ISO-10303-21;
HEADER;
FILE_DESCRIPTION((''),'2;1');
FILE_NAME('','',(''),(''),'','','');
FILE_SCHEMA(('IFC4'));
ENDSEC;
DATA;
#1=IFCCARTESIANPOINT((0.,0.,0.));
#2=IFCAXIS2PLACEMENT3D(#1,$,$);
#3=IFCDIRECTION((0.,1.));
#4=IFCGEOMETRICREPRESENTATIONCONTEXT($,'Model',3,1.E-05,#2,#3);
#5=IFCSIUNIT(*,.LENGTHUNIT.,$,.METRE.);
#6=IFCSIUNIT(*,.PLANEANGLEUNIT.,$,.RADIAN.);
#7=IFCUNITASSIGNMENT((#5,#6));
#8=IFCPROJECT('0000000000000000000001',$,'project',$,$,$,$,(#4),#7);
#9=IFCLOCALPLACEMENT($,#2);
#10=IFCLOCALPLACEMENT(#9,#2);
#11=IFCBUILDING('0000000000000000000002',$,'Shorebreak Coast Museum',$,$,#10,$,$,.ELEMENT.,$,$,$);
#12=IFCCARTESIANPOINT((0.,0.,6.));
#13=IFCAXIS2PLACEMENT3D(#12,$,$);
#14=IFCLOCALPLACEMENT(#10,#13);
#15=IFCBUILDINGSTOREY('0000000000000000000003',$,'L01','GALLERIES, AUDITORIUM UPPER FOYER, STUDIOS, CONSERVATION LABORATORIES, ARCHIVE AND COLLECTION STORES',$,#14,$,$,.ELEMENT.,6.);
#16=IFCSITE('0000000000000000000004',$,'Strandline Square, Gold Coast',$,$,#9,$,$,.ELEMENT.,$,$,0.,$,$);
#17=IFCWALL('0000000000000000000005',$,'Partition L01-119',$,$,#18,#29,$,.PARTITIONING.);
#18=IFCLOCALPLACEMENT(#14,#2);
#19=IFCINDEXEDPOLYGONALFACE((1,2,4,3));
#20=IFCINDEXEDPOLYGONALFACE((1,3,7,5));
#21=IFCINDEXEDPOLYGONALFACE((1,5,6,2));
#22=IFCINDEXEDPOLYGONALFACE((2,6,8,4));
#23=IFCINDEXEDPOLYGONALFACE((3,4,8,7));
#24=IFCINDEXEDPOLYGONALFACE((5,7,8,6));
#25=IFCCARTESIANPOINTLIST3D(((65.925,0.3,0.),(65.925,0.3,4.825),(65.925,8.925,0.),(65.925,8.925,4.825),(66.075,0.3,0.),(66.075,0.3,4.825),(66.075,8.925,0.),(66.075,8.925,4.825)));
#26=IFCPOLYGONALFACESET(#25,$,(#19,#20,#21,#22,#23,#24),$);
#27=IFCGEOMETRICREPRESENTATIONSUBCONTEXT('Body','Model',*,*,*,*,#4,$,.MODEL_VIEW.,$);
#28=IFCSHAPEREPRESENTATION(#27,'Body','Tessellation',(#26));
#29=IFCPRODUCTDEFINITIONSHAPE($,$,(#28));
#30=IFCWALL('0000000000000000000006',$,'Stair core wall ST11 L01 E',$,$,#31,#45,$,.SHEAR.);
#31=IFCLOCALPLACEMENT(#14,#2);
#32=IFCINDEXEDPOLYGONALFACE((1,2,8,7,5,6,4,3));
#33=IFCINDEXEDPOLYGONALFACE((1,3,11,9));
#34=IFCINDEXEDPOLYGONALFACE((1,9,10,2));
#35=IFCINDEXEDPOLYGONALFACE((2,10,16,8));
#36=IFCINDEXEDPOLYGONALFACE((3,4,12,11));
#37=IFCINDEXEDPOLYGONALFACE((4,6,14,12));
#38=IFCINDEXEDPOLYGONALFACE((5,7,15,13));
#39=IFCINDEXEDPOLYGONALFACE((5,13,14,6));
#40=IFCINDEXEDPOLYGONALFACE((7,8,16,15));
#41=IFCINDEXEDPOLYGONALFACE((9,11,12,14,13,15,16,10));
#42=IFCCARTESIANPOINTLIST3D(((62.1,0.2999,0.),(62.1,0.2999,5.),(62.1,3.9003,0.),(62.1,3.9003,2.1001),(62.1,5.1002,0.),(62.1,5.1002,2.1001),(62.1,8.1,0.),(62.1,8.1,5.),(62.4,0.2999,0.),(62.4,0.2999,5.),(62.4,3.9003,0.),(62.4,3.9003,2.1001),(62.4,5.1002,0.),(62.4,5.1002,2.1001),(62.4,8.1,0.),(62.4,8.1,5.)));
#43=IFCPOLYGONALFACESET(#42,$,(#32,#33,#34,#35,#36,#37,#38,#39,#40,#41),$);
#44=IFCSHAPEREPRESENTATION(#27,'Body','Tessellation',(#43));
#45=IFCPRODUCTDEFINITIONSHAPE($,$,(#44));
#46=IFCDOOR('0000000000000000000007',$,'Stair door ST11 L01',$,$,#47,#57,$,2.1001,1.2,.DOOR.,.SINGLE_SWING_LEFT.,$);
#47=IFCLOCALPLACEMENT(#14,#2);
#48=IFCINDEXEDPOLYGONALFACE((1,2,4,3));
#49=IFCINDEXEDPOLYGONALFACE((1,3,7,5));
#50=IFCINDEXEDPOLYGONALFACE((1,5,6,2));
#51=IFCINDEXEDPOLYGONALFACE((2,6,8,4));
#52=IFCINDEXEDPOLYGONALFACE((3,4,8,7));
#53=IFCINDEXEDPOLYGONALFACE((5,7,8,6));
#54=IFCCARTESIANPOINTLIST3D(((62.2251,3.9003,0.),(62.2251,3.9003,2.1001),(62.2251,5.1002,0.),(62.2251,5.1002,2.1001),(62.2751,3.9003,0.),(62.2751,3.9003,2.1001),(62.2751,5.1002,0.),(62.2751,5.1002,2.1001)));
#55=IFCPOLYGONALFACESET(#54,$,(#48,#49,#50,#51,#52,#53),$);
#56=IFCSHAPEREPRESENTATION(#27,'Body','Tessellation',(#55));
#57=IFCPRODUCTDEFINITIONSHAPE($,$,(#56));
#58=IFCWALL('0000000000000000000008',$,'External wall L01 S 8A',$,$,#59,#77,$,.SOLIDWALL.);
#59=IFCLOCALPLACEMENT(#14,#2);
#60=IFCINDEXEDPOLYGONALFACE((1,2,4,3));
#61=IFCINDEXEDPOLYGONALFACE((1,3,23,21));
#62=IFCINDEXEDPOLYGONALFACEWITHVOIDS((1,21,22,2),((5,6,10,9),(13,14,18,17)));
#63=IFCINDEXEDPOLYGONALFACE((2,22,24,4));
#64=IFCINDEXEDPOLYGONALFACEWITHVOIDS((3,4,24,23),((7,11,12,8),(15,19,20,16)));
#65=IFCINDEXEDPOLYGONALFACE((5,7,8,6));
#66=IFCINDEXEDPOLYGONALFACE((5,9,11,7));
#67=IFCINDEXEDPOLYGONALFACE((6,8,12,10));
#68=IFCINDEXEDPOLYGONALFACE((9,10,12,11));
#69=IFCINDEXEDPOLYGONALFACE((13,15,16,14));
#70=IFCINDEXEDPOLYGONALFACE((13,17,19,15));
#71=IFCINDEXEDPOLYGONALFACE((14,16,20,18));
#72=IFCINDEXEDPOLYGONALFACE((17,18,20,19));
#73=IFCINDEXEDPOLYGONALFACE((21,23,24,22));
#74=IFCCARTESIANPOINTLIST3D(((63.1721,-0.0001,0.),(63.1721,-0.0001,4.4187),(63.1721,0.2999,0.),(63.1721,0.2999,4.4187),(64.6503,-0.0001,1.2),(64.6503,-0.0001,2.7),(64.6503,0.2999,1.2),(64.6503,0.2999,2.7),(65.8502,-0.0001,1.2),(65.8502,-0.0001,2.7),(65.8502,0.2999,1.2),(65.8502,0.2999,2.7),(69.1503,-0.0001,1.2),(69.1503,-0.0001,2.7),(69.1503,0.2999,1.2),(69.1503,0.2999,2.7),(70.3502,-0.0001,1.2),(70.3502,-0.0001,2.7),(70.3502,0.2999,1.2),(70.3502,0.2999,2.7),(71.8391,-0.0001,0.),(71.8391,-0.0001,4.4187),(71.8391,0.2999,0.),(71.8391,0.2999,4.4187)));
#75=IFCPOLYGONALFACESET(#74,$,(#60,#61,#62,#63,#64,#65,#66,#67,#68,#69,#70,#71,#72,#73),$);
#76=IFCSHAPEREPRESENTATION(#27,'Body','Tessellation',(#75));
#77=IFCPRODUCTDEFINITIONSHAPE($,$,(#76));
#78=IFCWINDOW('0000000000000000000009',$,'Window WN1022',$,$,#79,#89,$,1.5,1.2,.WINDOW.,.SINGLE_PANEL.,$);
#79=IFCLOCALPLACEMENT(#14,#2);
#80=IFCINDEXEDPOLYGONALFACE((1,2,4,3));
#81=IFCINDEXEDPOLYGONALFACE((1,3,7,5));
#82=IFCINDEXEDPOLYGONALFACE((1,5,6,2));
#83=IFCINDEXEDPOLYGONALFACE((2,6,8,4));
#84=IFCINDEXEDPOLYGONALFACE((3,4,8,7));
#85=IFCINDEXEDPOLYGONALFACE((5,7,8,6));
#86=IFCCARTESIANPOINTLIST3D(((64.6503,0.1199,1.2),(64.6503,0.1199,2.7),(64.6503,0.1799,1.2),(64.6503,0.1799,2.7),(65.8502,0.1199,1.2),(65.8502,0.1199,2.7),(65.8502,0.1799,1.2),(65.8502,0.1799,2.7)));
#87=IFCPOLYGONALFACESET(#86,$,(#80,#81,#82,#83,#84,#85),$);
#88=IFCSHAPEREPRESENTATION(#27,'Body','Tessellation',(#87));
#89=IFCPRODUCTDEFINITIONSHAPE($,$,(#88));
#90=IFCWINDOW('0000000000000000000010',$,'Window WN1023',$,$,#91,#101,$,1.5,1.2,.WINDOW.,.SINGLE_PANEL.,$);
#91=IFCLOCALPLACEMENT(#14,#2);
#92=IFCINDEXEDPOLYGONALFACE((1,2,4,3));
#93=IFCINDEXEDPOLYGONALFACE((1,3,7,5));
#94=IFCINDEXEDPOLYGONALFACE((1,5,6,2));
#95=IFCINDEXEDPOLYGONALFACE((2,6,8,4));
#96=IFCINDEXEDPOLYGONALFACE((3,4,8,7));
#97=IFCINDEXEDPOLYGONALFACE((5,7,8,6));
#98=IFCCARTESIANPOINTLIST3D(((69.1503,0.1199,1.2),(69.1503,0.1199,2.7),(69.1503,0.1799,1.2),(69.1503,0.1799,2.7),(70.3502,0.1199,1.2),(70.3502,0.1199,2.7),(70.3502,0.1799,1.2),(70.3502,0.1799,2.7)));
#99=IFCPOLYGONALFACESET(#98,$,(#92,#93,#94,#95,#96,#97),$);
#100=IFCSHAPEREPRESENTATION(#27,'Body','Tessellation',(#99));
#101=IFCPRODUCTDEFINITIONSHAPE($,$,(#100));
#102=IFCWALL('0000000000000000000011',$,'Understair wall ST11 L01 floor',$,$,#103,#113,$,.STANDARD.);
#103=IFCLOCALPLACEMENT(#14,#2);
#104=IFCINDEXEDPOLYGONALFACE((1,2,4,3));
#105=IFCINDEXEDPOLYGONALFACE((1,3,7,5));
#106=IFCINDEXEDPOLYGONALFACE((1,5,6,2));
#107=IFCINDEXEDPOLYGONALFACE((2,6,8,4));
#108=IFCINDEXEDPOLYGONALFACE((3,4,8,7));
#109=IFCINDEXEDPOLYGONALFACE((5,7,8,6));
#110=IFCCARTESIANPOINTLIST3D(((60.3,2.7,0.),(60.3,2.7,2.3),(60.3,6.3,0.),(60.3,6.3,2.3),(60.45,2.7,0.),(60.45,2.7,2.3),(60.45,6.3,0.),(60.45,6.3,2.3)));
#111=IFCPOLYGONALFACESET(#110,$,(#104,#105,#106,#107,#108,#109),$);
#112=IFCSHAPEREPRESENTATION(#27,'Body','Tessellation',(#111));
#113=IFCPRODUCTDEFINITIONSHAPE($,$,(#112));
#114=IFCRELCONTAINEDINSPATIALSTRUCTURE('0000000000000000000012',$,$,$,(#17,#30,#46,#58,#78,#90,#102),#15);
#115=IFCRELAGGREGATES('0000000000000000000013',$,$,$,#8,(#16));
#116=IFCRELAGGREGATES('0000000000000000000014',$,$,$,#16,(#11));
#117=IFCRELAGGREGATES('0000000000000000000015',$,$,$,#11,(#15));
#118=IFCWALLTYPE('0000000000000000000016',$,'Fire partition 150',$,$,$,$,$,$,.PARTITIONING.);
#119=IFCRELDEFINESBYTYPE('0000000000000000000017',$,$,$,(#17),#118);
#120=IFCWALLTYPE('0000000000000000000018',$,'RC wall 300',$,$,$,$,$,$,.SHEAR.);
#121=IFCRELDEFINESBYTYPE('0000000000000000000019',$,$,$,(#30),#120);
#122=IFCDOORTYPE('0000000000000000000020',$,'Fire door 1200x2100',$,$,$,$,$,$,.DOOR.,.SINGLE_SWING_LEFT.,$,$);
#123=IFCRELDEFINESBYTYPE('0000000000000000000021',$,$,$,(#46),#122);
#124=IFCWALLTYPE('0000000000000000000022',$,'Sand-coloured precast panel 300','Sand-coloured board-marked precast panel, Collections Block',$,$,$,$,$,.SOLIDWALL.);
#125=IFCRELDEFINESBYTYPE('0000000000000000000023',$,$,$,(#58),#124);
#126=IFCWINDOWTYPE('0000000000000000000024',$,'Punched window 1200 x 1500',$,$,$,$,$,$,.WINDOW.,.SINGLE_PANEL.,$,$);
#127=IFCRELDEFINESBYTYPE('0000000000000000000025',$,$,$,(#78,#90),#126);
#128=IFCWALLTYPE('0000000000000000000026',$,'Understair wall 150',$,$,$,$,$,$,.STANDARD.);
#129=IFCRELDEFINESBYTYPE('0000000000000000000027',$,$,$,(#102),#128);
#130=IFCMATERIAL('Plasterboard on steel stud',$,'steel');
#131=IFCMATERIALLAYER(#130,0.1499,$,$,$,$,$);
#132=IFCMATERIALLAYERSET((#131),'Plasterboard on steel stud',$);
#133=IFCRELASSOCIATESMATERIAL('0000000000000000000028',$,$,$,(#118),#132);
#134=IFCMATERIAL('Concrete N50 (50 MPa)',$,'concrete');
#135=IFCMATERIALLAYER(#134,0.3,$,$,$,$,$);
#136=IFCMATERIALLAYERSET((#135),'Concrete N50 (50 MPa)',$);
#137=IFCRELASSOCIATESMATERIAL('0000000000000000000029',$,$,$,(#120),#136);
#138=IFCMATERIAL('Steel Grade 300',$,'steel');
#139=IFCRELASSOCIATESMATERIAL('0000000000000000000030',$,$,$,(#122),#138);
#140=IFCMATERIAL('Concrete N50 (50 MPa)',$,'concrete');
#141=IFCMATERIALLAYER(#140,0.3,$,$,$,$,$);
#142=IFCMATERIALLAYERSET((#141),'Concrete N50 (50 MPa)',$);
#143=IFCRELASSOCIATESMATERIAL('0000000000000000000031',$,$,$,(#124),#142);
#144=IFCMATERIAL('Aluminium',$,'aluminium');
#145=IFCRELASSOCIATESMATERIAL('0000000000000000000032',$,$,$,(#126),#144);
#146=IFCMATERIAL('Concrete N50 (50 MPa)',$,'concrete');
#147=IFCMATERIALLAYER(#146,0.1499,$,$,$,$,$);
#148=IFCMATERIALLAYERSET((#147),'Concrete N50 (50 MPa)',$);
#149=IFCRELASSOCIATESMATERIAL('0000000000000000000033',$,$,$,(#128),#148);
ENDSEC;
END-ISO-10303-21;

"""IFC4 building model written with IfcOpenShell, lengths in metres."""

from ifc_helpers import new_model, si_unit, direction, frame, frame_2d, origin, place, context, subcontext, project, spatial, rectangle, extrude, material, layer, layer_set, type_object, element, fill, save


model = new_model("IFC4")

# Units and contexts
model_context = context("Model", 3, precision=1e-05, world=origin(), true_north=direction((0.0, 1.0)))
body_context = subcontext(model_context, "Body", "Model", "MODEL_VIEW")
ifc_project = project(units=[si_unit("LENGTHUNIT", "METRE"), si_unit("PLANEANGLEUNIT", "RADIAN")], contexts=[model_context])

# Site, building, storey
site_placement = place(None, origin())
site = spatial("IfcSite", under=ifc_project, at=site_placement, Name="Strandline Square, Gold Coast", CompositionType="ELEMENT", RefElevation=0.0)
building_placement = place(site_placement, origin())
building = spatial("IfcBuilding", under=site, at=building_placement, Name="Shorebreak Coast Museum", CompositionType="ELEMENT")
storey_placement = place(building_placement, frame((0.0, 0.0, 6.0)))
storey = spatial("IfcBuildingStorey", under=building, at=storey_placement, Name="L01", Description="GALLERIES, AUDITORIUM UPPER FOYER, STUDIOS, CONSERVATION LABORATORIES, ARCHIVE AND COLLECTION STORES", CompositionType="ELEMENT", Elevation=6.0)

# Wall
ifc_material_1 = material(Name="Plasterboard on steel stud", Category="steel")
ifc_layer_1 = layer(ifc_material_1, 0.1499)
ifc_layer_set_1 = layer_set([ifc_layer_1], Name="Plasterboard on steel stud")
wall_type_1 = type_object("IfcWallType", Name="Fire partition 150", PredefinedType="PARTITIONING", material=ifc_layer_set_1)
wall_1_placement = place(storey_placement, frame((66.0, 0.3, 0.0), z_axis=(0.0, 0.0, 1.0), x_axis=(0.0, 1.0, 0.0)))
element("IfcWall", 1, at=wall_1_placement, inside=storey, type_object=wall_type_1, Name="Partition L01-119", PredefinedType="PARTITIONING", context=body_context, shape_type="SweptSolid", body=[
    extrude(rectangle(XDim=8.625, YDim=0.1499, at=frame_2d((4.3125, 0.0))), origin(), (0.0, 0.0, 1.0), 4.825),
])

# Wall, opening, door
ifc_material_2 = material(Name="Concrete N50 (50 MPa)", Category="concrete")
ifc_layer_2 = layer(ifc_material_2, 0.3)
ifc_layer_set_2 = layer_set([ifc_layer_2], Name="Concrete N50 (50 MPa)")
wall_type_2 = type_object("IfcWallType", Name="RC wall 300", PredefinedType="SHEAR", material=ifc_layer_set_2)
wall_2_placement = place(storey_placement, frame((62.25, 0.3, 0.0), z_axis=(0.0, 0.0, 1.0), x_axis=(0.0, 1.0, 0.0)))
wall_2 = element("IfcWall", 2, at=wall_2_placement, inside=storey, type_object=wall_type_2, Name="Stair core wall ST11 L01 E", PredefinedType="SHEAR", context=body_context, shape_type="SweptSolid", body=[
    extrude(rectangle(XDim=7.8, YDim=0.3, at=frame_2d((3.8999, 0.0))), origin(), (0.0, 0.0, 1.0), 5.0),
])
opening_1_placement = place(wall_2_placement, frame((3.6001, 0.0, 0.0)))
opening_1 = element("IfcOpeningElement", 3, at=opening_1_placement, cuts=wall_2, PredefinedType="OPENING", context=body_context, shape_type="SweptSolid", body=[
    extrude(rectangle(XDim=1.2, YDim=2.1001, at=frame_2d((0.6001, 1.05))), frame((0.0, 0.1599, 0.0), z_axis=(0.0, -1.0, 0.0), x_axis=(1.0, 0.0, 0.0)), (0.0, 0.0, 1.0), 0.3201),
])
ifc_material_3 = material(Name="Steel Grade 300", Category="steel")
door_type = type_object("IfcDoorType", Name="Fire door 1200x2100", OperationType="SINGLE_SWING_LEFT", PredefinedType="DOOR", material=ifc_material_3)
door_placement = place(opening_1_placement, origin())
door = element("IfcDoor", 4, at=door_placement, inside=storey, type_object=door_type, Name="Stair door ST11 L01", OperationType="SINGLE_SWING_LEFT", OverallHeight=2.1001, OverallWidth=1.2, PredefinedType="DOOR", context=body_context, shape_type="SweptSolid", body=[
    extrude(rectangle(XDim=1.2, YDim=2.1001, at=frame_2d((0.6001, 1.05))), frame((0.0, 0.0249, 0.0), z_axis=(0.0, -1.0, 0.0), x_axis=(1.0, 0.0, 0.0)), (0.0, 0.0, 1.0), 0.05),
])
fill(opening_1, door)

# Wall, openings, windows
ifc_material_4 = material(Name="Concrete N50 (50 MPa)", Category="concrete")
ifc_layer_3 = layer(ifc_material_4, 0.3)
ifc_layer_set_3 = layer_set([ifc_layer_3], Name="Concrete N50 (50 MPa)")
wall_type_3 = type_object("IfcWallType", Name="Sand-coloured precast panel 300", Description="Sand-coloured board-marked precast panel, Collections Block", PredefinedType="SOLIDWALL", material=ifc_layer_set_3)
wall_3_placement = place(storey_placement, frame((63.1721, 0.1499, 0.0), z_axis=(0.0, 0.0, 1.0), x_axis=(1.0, 0.0, 0.0)))
wall_3 = element("IfcWall", 5, at=wall_3_placement, inside=storey, type_object=wall_type_3, Name="External wall L01 S 8A", PredefinedType="SOLIDWALL", context=body_context, shape_type="SweptSolid", body=[
    extrude(rectangle(XDim=8.667, YDim=0.3, at=frame_2d((4.3335, 0.0))), origin(), (0.0, 0.0, 1.0), 4.4187),
])
opening_2_placement = place(wall_3_placement, frame((1.478, 0.0, 1.2)))
opening_2 = element("IfcOpeningElement", 6, at=opening_2_placement, cuts=wall_3, PredefinedType="OPENING", context=body_context, shape_type="SweptSolid", body=[
    extrude(rectangle(XDim=1.2, YDim=1.5, at=frame_2d((0.6001, 0.75))), frame((0.0, 0.1599, 0.0), z_axis=(0.0, -1.0, 0.0), x_axis=(1.0, 0.0, 0.0)), (0.0, 0.0, 1.0), 0.3201),
])
opening_3_placement = place(wall_3_placement, frame((5.978, 0.0, 1.2)))
opening_3 = element("IfcOpeningElement", 7, at=opening_3_placement, cuts=wall_3, PredefinedType="OPENING", context=body_context, shape_type="SweptSolid", body=[
    extrude(rectangle(XDim=1.2, YDim=1.5, at=frame_2d((0.6001, 0.75))), frame((0.0, 0.1599, 0.0), z_axis=(0.0, -1.0, 0.0), x_axis=(1.0, 0.0, 0.0)), (0.0, 0.0, 1.0), 0.3201),
])
ifc_material_5 = material(Name="Aluminium", Category="aluminium")
window_type = type_object("IfcWindowType", Name="Punched window 1200 x 1500", PartitioningType="SINGLE_PANEL", PredefinedType="WINDOW", material=ifc_material_5)
window_1_placement = place(opening_2_placement, origin())
window_1 = element("IfcWindow", 8, at=window_1_placement, inside=storey, type_object=window_type, Name="Window WN1022", OverallHeight=1.5, OverallWidth=1.2, PartitioningType="SINGLE_PANEL", PredefinedType="WINDOW", context=body_context, shape_type="SweptSolid", body=[
    extrude(rectangle(XDim=1.2, YDim=1.5, at=frame_2d((0.6001, 0.75))), frame((0.0, 0.03, 0.0), z_axis=(0.0, -1.0, 0.0), x_axis=(1.0, 0.0, 0.0)), (0.0, 0.0, 1.0), 0.0601),
])
fill(opening_2, window_1)
window_2_placement = place(opening_3_placement, origin())
window_2 = element("IfcWindow", 9, at=window_2_placement, inside=storey, type_object=window_type, Name="Window WN1023", OverallHeight=1.5, OverallWidth=1.2, PartitioningType="SINGLE_PANEL", PredefinedType="WINDOW", context=body_context, shape_type="SweptSolid", body=[
    extrude(rectangle(XDim=1.2, YDim=1.5, at=frame_2d((0.6001, 0.75))), frame((0.0, 0.03, 0.0), z_axis=(0.0, -1.0, 0.0), x_axis=(1.0, 0.0, 0.0)), (0.0, 0.0, 1.0), 0.0601),
])
fill(opening_3, window_2)

# Wall
ifc_material_6 = material(Name="Concrete N50 (50 MPa)", Category="concrete")
ifc_layer_4 = layer(ifc_material_6, 0.1499)
ifc_layer_set_4 = layer_set([ifc_layer_4], Name="Concrete N50 (50 MPa)")
wall_type_4 = type_object("IfcWallType", Name="Understair wall 150", PredefinedType="STANDARD", material=ifc_layer_set_4)
wall_4_placement = place(storey_placement, frame((60.375, 2.7, 0.0), z_axis=(0.0, 0.0, 1.0), x_axis=(0.0, 1.0, 0.0)))
element("IfcWall", 10, at=wall_4_placement, inside=storey, type_object=wall_type_4, Name="Understair wall ST11 L01 floor", PredefinedType="STANDARD", context=body_context, shape_type="SweptSolid", body=[
    extrude(rectangle(XDim=3.6001, YDim=0.1499, at=frame_2d((1.8, 0.0))), origin(), (0.0, 0.0, 1.0), 2.3),
])

save(model, "model.ifc")
